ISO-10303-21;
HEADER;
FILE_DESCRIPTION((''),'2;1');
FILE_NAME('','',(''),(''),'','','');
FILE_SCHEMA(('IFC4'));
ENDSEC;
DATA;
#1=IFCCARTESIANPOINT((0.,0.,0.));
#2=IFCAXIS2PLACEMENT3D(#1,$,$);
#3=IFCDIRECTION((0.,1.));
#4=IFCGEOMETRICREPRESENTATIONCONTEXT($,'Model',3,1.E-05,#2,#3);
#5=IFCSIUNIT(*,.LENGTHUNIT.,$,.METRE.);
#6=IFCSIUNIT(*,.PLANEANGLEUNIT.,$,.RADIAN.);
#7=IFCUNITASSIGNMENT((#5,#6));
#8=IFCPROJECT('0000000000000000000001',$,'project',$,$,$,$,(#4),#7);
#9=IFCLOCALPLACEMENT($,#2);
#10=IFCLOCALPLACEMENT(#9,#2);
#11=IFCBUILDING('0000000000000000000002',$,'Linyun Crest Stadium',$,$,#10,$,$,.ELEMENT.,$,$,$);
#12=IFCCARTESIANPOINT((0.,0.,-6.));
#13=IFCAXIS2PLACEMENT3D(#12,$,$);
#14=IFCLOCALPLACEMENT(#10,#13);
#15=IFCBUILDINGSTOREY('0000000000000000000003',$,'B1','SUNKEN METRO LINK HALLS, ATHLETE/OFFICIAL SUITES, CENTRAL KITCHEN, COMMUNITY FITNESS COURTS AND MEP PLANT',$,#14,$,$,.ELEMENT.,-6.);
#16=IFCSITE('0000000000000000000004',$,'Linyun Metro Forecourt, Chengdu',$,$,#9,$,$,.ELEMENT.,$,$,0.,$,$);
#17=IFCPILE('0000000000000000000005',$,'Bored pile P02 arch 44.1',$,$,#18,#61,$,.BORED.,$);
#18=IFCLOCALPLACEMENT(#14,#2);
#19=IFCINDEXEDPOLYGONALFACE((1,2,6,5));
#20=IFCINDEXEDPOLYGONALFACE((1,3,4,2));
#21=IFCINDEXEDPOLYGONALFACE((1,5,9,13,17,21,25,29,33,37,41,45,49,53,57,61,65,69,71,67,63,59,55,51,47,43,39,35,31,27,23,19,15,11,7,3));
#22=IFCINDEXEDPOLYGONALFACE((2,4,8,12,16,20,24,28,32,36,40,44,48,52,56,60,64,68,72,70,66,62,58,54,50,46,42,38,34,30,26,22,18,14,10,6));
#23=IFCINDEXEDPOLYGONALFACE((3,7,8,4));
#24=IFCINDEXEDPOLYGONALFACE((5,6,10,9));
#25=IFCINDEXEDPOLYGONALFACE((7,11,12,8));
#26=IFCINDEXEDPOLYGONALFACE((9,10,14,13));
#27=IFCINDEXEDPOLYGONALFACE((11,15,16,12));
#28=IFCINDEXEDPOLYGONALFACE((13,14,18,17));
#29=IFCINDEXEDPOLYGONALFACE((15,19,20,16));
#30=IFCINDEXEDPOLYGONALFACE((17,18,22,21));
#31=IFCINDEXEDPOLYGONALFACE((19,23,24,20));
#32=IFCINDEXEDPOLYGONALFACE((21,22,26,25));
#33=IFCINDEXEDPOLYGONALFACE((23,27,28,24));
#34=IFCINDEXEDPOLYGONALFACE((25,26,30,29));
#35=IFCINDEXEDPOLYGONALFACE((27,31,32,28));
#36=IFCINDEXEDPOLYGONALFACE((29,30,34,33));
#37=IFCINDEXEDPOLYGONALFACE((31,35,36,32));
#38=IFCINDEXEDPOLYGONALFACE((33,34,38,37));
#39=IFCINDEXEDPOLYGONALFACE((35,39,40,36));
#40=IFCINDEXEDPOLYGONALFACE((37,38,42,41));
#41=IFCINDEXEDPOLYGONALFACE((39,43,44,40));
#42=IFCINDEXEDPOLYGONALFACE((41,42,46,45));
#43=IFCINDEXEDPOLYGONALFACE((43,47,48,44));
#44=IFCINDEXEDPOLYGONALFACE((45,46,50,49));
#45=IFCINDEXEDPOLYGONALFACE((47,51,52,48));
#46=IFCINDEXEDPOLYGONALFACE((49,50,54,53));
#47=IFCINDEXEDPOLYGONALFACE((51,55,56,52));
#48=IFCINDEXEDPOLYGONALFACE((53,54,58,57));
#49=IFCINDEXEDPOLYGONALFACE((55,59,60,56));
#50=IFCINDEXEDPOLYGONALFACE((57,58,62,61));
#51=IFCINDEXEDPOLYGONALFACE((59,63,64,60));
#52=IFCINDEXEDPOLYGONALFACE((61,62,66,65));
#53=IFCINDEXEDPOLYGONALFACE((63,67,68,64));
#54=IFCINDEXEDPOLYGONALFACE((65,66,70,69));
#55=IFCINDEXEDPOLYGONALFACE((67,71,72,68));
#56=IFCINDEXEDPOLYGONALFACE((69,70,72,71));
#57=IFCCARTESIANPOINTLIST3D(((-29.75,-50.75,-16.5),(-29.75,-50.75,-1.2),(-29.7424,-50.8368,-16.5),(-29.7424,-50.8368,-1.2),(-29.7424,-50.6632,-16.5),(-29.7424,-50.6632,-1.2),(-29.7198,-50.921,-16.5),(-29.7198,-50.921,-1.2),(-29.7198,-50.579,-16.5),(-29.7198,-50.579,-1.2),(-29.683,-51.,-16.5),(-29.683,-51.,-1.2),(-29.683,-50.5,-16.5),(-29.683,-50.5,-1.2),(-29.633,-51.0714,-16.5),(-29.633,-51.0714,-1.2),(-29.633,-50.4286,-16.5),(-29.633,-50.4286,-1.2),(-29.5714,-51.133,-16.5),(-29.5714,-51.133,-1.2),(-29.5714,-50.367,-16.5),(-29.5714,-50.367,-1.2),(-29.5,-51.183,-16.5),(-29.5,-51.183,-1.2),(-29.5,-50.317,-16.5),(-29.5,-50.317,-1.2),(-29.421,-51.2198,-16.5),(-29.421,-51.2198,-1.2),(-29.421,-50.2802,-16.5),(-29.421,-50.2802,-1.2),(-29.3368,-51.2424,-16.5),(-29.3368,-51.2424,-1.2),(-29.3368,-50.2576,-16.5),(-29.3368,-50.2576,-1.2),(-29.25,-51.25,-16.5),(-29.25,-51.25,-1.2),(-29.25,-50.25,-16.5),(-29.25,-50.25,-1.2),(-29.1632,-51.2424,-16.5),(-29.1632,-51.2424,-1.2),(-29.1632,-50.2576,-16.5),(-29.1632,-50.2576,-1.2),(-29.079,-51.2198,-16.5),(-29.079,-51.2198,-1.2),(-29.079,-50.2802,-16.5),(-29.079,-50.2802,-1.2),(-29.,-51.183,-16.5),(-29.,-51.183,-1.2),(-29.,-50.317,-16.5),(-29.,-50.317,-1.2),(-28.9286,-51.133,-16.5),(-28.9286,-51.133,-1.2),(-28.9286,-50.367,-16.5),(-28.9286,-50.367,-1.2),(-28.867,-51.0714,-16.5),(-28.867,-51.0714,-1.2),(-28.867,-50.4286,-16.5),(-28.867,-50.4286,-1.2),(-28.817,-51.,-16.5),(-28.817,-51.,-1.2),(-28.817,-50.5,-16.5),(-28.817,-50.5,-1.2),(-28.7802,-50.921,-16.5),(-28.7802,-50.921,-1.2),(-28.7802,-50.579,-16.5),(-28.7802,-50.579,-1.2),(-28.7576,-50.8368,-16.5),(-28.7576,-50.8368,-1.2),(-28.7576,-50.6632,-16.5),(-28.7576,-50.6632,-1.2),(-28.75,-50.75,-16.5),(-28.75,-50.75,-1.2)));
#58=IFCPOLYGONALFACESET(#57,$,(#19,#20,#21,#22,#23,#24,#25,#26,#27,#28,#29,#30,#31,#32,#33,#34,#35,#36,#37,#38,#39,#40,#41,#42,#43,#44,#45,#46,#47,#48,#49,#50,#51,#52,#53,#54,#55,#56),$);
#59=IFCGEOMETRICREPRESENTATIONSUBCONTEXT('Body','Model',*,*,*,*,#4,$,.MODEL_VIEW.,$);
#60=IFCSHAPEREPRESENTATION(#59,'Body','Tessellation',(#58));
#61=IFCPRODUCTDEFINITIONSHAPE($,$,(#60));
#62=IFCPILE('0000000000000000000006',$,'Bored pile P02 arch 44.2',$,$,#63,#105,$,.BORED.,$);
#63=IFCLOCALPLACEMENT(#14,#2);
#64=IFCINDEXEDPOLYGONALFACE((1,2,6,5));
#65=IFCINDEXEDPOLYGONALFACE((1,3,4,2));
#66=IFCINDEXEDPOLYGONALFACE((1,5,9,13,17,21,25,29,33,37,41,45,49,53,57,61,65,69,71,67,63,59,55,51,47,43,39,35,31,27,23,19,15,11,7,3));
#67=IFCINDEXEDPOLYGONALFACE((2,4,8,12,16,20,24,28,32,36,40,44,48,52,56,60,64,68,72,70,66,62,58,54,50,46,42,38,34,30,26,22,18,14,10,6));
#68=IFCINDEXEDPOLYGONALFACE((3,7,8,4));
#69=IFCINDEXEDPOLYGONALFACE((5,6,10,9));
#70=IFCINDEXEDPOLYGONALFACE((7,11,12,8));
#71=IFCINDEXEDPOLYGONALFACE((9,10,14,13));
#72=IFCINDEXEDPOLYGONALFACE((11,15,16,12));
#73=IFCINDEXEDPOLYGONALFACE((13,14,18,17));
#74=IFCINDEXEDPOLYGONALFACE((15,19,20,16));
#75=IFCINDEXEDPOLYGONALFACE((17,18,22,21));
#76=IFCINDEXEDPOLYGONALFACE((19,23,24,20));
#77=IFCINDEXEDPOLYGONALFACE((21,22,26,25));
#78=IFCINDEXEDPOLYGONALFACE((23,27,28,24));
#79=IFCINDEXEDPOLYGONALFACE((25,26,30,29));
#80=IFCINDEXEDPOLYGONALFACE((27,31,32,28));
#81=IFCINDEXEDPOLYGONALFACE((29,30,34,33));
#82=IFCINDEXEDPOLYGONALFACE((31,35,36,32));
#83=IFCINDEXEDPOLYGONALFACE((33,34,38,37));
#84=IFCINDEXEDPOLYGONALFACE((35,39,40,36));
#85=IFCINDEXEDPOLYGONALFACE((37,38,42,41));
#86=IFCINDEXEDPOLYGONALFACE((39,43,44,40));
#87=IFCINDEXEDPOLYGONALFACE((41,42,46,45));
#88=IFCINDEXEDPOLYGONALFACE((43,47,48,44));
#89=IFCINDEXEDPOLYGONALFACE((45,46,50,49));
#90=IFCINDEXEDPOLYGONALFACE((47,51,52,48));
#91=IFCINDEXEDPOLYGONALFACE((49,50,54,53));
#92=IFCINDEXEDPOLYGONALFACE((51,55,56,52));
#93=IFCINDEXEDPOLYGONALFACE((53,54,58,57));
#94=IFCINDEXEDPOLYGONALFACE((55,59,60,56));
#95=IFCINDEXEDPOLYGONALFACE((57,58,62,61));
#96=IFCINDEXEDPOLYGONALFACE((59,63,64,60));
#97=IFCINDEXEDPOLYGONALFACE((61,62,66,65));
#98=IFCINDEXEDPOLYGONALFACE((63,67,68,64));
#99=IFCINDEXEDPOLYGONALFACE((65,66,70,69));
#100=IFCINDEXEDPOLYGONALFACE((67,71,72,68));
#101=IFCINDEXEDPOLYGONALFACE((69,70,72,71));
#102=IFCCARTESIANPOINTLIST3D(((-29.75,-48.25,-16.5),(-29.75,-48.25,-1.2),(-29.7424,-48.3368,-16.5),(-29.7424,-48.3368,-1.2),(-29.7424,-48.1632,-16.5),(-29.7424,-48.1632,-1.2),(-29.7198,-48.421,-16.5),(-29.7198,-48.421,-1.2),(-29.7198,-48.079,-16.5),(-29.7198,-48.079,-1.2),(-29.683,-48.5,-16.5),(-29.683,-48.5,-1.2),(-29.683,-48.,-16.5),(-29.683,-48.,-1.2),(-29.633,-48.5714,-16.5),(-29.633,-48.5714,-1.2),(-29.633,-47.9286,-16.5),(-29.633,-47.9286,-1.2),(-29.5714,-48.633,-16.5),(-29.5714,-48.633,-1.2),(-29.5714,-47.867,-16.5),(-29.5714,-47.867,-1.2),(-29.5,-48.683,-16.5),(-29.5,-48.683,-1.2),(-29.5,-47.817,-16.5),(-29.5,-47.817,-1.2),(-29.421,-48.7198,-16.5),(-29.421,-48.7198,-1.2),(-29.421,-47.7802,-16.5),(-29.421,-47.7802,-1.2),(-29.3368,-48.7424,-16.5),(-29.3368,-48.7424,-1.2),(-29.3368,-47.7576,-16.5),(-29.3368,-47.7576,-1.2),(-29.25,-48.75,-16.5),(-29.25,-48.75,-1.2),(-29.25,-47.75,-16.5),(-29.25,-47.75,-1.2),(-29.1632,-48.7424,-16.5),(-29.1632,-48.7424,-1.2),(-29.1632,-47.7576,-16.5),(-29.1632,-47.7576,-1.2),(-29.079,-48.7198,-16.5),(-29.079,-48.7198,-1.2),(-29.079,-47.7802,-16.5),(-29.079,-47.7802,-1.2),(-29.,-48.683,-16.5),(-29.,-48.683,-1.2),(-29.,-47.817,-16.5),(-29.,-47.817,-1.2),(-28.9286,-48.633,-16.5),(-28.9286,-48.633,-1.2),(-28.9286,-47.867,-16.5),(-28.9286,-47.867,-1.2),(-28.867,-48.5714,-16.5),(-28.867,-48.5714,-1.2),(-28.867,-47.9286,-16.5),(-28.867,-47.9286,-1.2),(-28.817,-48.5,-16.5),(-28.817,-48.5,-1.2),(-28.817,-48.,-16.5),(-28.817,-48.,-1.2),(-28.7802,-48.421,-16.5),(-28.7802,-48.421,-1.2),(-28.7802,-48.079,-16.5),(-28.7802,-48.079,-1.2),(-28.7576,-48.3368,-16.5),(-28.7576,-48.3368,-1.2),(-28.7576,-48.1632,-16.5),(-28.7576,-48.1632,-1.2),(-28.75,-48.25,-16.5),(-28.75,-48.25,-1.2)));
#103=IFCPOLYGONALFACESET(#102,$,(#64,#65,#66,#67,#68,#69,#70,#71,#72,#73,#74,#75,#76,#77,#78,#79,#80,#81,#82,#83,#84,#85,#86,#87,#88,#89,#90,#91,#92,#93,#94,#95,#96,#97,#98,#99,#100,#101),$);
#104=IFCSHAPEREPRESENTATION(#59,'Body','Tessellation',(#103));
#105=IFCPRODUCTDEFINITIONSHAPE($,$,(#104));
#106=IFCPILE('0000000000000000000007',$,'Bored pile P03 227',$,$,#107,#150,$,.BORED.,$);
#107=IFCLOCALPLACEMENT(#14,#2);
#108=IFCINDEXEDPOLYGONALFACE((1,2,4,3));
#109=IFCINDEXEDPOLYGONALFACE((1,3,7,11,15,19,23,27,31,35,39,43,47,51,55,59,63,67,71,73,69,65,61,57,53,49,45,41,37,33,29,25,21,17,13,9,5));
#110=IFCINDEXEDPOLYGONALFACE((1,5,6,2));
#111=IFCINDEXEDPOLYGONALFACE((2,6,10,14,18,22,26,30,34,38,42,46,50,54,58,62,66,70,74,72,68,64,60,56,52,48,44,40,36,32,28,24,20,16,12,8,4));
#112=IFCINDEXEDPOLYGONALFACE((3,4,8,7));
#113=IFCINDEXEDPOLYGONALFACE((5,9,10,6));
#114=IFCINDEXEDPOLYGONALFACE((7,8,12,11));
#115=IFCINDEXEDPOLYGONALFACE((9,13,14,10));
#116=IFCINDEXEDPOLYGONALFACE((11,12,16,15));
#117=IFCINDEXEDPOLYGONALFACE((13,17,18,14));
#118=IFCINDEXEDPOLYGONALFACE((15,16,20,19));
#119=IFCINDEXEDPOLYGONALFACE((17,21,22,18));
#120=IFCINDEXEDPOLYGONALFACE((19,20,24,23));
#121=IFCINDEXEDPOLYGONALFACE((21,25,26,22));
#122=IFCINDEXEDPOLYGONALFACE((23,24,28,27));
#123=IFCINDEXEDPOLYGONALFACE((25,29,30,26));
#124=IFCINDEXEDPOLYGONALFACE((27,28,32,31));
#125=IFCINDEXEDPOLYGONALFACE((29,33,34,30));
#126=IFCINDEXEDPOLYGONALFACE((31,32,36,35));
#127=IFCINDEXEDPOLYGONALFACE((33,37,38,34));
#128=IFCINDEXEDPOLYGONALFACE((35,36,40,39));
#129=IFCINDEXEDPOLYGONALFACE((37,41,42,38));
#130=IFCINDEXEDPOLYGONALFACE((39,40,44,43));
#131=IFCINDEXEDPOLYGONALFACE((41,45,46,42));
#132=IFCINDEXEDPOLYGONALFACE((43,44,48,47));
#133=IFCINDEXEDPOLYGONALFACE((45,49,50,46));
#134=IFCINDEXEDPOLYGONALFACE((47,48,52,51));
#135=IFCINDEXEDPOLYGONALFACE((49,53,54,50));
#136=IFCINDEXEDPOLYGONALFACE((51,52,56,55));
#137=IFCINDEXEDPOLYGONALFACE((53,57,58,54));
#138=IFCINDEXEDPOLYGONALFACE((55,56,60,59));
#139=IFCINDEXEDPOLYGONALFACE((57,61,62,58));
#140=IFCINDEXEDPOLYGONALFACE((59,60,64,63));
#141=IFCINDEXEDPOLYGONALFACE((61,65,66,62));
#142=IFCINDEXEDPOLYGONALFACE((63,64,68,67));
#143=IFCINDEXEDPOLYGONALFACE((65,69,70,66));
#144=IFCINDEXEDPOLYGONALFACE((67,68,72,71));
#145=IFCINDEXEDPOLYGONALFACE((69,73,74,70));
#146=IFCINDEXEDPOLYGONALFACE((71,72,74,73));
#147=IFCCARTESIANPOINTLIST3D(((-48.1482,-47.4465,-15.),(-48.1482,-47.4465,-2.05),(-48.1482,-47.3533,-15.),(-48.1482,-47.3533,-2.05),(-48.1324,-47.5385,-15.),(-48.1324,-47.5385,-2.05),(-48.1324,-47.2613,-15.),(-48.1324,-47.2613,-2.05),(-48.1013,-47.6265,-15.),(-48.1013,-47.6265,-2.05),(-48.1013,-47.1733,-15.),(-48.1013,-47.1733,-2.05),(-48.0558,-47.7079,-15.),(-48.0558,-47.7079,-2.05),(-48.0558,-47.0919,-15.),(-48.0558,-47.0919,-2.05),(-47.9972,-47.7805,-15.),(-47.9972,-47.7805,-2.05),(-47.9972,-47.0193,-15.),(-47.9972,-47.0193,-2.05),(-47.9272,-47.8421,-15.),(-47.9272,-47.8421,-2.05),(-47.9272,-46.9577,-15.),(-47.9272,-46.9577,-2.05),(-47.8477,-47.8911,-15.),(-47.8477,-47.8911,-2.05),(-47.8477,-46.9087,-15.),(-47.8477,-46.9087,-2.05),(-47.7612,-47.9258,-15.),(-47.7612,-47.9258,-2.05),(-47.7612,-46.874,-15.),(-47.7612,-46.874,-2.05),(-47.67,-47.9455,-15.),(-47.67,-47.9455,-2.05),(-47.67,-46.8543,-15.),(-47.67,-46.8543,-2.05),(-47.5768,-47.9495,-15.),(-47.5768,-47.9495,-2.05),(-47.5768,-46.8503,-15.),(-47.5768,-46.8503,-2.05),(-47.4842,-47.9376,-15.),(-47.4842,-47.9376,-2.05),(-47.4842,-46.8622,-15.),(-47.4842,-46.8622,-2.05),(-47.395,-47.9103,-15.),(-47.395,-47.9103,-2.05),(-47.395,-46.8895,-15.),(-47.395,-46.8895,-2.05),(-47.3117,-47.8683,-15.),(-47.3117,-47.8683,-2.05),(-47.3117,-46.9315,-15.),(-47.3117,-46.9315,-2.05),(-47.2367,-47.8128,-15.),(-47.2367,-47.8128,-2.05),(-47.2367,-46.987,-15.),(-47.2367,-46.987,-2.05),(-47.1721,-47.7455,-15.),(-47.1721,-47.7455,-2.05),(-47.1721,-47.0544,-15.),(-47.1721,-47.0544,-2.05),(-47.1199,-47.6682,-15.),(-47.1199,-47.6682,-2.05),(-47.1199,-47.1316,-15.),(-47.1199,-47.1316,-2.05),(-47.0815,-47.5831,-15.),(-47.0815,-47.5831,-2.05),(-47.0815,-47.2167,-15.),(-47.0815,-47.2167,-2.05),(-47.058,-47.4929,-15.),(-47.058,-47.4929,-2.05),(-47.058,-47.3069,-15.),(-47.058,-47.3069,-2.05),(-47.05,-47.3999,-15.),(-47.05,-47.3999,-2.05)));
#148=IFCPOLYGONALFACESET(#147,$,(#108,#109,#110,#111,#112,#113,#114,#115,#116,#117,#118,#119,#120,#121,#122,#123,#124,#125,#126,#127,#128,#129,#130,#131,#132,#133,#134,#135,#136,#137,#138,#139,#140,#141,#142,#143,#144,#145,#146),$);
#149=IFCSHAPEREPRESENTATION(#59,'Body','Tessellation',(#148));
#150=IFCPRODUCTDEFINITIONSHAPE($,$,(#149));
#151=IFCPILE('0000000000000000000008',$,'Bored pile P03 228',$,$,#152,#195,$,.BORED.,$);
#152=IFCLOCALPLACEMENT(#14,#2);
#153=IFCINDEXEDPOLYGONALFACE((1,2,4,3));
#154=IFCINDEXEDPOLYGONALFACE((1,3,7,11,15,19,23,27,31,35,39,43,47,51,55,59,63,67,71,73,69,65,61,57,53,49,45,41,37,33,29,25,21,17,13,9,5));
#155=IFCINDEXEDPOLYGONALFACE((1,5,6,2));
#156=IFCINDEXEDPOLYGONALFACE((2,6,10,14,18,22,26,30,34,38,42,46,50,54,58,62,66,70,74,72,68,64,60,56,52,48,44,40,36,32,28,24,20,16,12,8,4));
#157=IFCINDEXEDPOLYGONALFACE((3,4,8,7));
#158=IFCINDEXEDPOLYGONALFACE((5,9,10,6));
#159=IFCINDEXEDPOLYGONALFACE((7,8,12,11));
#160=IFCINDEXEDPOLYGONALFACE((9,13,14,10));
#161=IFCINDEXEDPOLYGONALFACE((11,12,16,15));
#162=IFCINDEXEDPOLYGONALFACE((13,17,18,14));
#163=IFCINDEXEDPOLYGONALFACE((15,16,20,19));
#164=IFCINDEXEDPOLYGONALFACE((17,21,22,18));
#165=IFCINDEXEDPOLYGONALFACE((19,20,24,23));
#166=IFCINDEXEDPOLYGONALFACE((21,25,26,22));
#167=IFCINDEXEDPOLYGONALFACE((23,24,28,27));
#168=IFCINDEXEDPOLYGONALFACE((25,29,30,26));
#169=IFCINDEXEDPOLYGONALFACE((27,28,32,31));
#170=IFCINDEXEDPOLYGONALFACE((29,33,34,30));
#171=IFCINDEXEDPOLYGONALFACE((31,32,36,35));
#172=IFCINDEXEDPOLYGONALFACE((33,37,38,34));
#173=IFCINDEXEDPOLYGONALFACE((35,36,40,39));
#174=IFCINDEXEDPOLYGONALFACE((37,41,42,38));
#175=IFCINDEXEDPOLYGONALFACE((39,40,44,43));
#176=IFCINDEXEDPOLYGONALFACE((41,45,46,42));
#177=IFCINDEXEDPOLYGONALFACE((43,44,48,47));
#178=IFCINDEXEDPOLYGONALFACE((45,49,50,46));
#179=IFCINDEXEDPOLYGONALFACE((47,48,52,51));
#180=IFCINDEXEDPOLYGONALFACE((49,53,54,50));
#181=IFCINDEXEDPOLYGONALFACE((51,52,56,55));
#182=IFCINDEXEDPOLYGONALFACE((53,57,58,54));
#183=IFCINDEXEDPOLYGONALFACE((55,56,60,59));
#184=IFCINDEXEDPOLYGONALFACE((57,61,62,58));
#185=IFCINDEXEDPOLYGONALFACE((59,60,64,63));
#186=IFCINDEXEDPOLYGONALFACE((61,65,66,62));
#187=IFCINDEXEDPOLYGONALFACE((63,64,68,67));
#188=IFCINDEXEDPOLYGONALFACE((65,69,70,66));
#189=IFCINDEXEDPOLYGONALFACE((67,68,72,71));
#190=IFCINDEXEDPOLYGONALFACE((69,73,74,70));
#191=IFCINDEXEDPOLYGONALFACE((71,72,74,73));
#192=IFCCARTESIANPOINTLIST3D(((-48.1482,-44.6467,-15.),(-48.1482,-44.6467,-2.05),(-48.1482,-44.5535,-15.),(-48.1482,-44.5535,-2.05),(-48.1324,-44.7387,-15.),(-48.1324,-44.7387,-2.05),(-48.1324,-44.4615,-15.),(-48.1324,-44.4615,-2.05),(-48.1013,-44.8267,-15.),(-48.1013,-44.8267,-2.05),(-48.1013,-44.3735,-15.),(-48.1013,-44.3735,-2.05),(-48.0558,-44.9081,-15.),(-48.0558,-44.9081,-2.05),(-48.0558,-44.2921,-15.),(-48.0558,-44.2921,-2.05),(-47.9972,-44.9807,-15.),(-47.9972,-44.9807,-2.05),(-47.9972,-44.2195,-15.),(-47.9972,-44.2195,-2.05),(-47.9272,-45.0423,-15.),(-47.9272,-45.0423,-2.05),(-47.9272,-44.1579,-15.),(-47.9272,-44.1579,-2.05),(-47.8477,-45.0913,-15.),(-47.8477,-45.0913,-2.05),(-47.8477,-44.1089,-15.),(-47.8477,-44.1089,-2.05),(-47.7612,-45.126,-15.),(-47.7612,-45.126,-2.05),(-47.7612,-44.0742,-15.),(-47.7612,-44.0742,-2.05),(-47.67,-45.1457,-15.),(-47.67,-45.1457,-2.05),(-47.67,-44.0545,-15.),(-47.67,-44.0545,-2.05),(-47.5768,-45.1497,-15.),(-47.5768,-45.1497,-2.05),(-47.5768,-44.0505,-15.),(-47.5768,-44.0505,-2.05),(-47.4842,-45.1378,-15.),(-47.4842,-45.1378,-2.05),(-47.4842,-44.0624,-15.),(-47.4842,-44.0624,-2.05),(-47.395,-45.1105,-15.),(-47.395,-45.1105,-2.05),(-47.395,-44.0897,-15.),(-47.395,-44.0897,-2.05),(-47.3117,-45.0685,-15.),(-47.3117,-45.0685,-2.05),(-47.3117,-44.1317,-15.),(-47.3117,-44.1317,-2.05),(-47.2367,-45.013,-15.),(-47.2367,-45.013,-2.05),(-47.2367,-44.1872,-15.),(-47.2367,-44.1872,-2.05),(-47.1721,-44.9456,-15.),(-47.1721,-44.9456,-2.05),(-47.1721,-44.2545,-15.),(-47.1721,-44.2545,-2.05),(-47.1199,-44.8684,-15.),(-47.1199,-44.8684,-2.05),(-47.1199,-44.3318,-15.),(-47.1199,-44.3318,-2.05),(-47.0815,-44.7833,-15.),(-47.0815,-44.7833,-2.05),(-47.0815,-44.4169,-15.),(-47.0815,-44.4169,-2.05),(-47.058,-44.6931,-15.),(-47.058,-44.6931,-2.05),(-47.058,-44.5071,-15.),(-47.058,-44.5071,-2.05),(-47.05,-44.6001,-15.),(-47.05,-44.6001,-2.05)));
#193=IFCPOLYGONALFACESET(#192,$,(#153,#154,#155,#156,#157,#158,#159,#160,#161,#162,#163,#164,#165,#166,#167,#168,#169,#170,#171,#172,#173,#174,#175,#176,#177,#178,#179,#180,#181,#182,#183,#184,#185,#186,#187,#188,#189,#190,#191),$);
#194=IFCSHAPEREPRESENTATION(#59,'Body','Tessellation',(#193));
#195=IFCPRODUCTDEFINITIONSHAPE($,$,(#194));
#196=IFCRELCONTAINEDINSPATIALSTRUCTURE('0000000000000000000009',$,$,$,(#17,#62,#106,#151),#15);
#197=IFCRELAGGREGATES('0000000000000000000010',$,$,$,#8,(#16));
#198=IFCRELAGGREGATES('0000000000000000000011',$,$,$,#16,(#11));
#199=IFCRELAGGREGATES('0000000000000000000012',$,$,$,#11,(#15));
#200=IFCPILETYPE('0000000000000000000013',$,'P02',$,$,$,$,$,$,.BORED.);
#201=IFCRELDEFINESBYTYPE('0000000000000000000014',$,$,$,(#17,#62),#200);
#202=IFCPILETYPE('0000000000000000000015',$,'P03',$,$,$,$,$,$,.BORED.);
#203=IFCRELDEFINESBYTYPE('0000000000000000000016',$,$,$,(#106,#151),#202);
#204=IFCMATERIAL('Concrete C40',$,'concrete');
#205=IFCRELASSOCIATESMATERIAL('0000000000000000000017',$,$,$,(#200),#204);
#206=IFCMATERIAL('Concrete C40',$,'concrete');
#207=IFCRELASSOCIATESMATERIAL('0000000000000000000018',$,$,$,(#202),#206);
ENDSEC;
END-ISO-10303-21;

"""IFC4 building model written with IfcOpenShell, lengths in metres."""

from ifc_helpers import new_model, si_unit, direction, frame, origin, origin_2d, place, context, subcontext, project, spatial, circle, extrude, material, material_profile, profile_set, type_object, element, save


model = new_model("IFC4")

# Units and contexts
model_context = context("Model", 3, precision=1e-05, world=origin(), true_north=direction((0.0, 1.0)))
body_context = subcontext(model_context, "Body", "Model", "MODEL_VIEW")
ifc_project = project(units=[si_unit("LENGTHUNIT", "METRE"), si_unit("PLANEANGLEUNIT", "RADIAN")], contexts=[model_context])

# Site, building, storey
site_placement = place(None, origin())
site = spatial("IfcSite", under=ifc_project, at=site_placement, Name="Linyun Metro Forecourt, Chengdu", CompositionType="ELEMENT", RefElevation=0.0)
building_placement = place(site_placement, origin())
building = spatial("IfcBuilding", under=site, at=building_placement, Name="Linyun Crest Stadium", CompositionType="ELEMENT")
storey_placement = place(building_placement, frame((0.0, 0.0, -6.0)))
storey = spatial("IfcBuildingStorey", under=building, at=storey_placement, Name="B1", Description="SUNKEN METRO LINK HALLS, ATHLETE/OFFICIAL SUITES, CENTRAL KITCHEN, COMMUNITY FITNESS COURTS AND MEP PLANT", CompositionType="ELEMENT", Elevation=-6.0)

# Piles
ifc_material_1 = material(Name="Concrete C40", Category="concrete")
ifc_material_profile_1 = material_profile(ifc_material_1, circle(Radius=0.5, at=origin_2d()), Name="BORED PILE 1000")
ifc_profile_set_1 = profile_set([ifc_material_profile_1], Name="Concrete C40")
pile_type_1 = type_object("IfcPileType", Name="P02", PredefinedType="BORED", material=ifc_profile_set_1)
for number, where, z_axis, x_axis, name in (
    (1, (-29.25, -50.75, -1.2), (0.0, 0.0, -1.0), (1.0, 0.0, 0.0), "Bored pile P02 arch 44.1"),
    (2, (-29.25, -48.25, -1.2), (0.0, 0.0, -1.0), (1.0, 0.0, 0.0), "Bored pile P02 arch 44.2"),
):
    element("IfcPile", number, at=place(storey_placement, frame(where, z_axis=z_axis, x_axis=x_axis)), inside=storey, type_object=pile_type_1, Name=name, PredefinedType="BORED", context=body_context, shape_type="SweptSolid", body=[
        extrude(circle(Radius=0.5, at=origin_2d()), origin(), (0.0, 0.0, 1.0), 15.3),
    ])
ifc_material_2 = material(Name="Concrete C40", Category="concrete")
ifc_material_profile_2 = material_profile(ifc_material_2, circle(Radius=0.55, at=origin_2d()), Name="BORED PILE 1100")
ifc_profile_set_2 = profile_set([ifc_material_profile_2], Name="Concrete C40")
pile_type_2 = type_object("IfcPileType", Name="P03", PredefinedType="BORED", material=ifc_profile_set_2)
for number, where, z_axis, x_axis, name in (
    (3, (-47.6001, -47.3999, -2.05), (0.0, 0.0, -1.0), (1.0, 0.0, 0.0), "Bored pile P03 227"),
    (4, (-47.6001, -44.6001, -2.05), (0.0, 0.0, -1.0), (1.0, 0.0, 0.0), "Bored pile P03 228"),
):
    element("IfcPile", number, at=place(storey_placement, frame(where, z_axis=z_axis, x_axis=x_axis)), inside=storey, type_object=pile_type_2, Name=name, PredefinedType="BORED", context=body_context, shape_type="SweptSolid", body=[
        extrude(circle(Radius=0.55, at=origin_2d()), origin(), (0.0, 0.0, 1.0), 12.95),
    ])

save(model, "model.ifc")
